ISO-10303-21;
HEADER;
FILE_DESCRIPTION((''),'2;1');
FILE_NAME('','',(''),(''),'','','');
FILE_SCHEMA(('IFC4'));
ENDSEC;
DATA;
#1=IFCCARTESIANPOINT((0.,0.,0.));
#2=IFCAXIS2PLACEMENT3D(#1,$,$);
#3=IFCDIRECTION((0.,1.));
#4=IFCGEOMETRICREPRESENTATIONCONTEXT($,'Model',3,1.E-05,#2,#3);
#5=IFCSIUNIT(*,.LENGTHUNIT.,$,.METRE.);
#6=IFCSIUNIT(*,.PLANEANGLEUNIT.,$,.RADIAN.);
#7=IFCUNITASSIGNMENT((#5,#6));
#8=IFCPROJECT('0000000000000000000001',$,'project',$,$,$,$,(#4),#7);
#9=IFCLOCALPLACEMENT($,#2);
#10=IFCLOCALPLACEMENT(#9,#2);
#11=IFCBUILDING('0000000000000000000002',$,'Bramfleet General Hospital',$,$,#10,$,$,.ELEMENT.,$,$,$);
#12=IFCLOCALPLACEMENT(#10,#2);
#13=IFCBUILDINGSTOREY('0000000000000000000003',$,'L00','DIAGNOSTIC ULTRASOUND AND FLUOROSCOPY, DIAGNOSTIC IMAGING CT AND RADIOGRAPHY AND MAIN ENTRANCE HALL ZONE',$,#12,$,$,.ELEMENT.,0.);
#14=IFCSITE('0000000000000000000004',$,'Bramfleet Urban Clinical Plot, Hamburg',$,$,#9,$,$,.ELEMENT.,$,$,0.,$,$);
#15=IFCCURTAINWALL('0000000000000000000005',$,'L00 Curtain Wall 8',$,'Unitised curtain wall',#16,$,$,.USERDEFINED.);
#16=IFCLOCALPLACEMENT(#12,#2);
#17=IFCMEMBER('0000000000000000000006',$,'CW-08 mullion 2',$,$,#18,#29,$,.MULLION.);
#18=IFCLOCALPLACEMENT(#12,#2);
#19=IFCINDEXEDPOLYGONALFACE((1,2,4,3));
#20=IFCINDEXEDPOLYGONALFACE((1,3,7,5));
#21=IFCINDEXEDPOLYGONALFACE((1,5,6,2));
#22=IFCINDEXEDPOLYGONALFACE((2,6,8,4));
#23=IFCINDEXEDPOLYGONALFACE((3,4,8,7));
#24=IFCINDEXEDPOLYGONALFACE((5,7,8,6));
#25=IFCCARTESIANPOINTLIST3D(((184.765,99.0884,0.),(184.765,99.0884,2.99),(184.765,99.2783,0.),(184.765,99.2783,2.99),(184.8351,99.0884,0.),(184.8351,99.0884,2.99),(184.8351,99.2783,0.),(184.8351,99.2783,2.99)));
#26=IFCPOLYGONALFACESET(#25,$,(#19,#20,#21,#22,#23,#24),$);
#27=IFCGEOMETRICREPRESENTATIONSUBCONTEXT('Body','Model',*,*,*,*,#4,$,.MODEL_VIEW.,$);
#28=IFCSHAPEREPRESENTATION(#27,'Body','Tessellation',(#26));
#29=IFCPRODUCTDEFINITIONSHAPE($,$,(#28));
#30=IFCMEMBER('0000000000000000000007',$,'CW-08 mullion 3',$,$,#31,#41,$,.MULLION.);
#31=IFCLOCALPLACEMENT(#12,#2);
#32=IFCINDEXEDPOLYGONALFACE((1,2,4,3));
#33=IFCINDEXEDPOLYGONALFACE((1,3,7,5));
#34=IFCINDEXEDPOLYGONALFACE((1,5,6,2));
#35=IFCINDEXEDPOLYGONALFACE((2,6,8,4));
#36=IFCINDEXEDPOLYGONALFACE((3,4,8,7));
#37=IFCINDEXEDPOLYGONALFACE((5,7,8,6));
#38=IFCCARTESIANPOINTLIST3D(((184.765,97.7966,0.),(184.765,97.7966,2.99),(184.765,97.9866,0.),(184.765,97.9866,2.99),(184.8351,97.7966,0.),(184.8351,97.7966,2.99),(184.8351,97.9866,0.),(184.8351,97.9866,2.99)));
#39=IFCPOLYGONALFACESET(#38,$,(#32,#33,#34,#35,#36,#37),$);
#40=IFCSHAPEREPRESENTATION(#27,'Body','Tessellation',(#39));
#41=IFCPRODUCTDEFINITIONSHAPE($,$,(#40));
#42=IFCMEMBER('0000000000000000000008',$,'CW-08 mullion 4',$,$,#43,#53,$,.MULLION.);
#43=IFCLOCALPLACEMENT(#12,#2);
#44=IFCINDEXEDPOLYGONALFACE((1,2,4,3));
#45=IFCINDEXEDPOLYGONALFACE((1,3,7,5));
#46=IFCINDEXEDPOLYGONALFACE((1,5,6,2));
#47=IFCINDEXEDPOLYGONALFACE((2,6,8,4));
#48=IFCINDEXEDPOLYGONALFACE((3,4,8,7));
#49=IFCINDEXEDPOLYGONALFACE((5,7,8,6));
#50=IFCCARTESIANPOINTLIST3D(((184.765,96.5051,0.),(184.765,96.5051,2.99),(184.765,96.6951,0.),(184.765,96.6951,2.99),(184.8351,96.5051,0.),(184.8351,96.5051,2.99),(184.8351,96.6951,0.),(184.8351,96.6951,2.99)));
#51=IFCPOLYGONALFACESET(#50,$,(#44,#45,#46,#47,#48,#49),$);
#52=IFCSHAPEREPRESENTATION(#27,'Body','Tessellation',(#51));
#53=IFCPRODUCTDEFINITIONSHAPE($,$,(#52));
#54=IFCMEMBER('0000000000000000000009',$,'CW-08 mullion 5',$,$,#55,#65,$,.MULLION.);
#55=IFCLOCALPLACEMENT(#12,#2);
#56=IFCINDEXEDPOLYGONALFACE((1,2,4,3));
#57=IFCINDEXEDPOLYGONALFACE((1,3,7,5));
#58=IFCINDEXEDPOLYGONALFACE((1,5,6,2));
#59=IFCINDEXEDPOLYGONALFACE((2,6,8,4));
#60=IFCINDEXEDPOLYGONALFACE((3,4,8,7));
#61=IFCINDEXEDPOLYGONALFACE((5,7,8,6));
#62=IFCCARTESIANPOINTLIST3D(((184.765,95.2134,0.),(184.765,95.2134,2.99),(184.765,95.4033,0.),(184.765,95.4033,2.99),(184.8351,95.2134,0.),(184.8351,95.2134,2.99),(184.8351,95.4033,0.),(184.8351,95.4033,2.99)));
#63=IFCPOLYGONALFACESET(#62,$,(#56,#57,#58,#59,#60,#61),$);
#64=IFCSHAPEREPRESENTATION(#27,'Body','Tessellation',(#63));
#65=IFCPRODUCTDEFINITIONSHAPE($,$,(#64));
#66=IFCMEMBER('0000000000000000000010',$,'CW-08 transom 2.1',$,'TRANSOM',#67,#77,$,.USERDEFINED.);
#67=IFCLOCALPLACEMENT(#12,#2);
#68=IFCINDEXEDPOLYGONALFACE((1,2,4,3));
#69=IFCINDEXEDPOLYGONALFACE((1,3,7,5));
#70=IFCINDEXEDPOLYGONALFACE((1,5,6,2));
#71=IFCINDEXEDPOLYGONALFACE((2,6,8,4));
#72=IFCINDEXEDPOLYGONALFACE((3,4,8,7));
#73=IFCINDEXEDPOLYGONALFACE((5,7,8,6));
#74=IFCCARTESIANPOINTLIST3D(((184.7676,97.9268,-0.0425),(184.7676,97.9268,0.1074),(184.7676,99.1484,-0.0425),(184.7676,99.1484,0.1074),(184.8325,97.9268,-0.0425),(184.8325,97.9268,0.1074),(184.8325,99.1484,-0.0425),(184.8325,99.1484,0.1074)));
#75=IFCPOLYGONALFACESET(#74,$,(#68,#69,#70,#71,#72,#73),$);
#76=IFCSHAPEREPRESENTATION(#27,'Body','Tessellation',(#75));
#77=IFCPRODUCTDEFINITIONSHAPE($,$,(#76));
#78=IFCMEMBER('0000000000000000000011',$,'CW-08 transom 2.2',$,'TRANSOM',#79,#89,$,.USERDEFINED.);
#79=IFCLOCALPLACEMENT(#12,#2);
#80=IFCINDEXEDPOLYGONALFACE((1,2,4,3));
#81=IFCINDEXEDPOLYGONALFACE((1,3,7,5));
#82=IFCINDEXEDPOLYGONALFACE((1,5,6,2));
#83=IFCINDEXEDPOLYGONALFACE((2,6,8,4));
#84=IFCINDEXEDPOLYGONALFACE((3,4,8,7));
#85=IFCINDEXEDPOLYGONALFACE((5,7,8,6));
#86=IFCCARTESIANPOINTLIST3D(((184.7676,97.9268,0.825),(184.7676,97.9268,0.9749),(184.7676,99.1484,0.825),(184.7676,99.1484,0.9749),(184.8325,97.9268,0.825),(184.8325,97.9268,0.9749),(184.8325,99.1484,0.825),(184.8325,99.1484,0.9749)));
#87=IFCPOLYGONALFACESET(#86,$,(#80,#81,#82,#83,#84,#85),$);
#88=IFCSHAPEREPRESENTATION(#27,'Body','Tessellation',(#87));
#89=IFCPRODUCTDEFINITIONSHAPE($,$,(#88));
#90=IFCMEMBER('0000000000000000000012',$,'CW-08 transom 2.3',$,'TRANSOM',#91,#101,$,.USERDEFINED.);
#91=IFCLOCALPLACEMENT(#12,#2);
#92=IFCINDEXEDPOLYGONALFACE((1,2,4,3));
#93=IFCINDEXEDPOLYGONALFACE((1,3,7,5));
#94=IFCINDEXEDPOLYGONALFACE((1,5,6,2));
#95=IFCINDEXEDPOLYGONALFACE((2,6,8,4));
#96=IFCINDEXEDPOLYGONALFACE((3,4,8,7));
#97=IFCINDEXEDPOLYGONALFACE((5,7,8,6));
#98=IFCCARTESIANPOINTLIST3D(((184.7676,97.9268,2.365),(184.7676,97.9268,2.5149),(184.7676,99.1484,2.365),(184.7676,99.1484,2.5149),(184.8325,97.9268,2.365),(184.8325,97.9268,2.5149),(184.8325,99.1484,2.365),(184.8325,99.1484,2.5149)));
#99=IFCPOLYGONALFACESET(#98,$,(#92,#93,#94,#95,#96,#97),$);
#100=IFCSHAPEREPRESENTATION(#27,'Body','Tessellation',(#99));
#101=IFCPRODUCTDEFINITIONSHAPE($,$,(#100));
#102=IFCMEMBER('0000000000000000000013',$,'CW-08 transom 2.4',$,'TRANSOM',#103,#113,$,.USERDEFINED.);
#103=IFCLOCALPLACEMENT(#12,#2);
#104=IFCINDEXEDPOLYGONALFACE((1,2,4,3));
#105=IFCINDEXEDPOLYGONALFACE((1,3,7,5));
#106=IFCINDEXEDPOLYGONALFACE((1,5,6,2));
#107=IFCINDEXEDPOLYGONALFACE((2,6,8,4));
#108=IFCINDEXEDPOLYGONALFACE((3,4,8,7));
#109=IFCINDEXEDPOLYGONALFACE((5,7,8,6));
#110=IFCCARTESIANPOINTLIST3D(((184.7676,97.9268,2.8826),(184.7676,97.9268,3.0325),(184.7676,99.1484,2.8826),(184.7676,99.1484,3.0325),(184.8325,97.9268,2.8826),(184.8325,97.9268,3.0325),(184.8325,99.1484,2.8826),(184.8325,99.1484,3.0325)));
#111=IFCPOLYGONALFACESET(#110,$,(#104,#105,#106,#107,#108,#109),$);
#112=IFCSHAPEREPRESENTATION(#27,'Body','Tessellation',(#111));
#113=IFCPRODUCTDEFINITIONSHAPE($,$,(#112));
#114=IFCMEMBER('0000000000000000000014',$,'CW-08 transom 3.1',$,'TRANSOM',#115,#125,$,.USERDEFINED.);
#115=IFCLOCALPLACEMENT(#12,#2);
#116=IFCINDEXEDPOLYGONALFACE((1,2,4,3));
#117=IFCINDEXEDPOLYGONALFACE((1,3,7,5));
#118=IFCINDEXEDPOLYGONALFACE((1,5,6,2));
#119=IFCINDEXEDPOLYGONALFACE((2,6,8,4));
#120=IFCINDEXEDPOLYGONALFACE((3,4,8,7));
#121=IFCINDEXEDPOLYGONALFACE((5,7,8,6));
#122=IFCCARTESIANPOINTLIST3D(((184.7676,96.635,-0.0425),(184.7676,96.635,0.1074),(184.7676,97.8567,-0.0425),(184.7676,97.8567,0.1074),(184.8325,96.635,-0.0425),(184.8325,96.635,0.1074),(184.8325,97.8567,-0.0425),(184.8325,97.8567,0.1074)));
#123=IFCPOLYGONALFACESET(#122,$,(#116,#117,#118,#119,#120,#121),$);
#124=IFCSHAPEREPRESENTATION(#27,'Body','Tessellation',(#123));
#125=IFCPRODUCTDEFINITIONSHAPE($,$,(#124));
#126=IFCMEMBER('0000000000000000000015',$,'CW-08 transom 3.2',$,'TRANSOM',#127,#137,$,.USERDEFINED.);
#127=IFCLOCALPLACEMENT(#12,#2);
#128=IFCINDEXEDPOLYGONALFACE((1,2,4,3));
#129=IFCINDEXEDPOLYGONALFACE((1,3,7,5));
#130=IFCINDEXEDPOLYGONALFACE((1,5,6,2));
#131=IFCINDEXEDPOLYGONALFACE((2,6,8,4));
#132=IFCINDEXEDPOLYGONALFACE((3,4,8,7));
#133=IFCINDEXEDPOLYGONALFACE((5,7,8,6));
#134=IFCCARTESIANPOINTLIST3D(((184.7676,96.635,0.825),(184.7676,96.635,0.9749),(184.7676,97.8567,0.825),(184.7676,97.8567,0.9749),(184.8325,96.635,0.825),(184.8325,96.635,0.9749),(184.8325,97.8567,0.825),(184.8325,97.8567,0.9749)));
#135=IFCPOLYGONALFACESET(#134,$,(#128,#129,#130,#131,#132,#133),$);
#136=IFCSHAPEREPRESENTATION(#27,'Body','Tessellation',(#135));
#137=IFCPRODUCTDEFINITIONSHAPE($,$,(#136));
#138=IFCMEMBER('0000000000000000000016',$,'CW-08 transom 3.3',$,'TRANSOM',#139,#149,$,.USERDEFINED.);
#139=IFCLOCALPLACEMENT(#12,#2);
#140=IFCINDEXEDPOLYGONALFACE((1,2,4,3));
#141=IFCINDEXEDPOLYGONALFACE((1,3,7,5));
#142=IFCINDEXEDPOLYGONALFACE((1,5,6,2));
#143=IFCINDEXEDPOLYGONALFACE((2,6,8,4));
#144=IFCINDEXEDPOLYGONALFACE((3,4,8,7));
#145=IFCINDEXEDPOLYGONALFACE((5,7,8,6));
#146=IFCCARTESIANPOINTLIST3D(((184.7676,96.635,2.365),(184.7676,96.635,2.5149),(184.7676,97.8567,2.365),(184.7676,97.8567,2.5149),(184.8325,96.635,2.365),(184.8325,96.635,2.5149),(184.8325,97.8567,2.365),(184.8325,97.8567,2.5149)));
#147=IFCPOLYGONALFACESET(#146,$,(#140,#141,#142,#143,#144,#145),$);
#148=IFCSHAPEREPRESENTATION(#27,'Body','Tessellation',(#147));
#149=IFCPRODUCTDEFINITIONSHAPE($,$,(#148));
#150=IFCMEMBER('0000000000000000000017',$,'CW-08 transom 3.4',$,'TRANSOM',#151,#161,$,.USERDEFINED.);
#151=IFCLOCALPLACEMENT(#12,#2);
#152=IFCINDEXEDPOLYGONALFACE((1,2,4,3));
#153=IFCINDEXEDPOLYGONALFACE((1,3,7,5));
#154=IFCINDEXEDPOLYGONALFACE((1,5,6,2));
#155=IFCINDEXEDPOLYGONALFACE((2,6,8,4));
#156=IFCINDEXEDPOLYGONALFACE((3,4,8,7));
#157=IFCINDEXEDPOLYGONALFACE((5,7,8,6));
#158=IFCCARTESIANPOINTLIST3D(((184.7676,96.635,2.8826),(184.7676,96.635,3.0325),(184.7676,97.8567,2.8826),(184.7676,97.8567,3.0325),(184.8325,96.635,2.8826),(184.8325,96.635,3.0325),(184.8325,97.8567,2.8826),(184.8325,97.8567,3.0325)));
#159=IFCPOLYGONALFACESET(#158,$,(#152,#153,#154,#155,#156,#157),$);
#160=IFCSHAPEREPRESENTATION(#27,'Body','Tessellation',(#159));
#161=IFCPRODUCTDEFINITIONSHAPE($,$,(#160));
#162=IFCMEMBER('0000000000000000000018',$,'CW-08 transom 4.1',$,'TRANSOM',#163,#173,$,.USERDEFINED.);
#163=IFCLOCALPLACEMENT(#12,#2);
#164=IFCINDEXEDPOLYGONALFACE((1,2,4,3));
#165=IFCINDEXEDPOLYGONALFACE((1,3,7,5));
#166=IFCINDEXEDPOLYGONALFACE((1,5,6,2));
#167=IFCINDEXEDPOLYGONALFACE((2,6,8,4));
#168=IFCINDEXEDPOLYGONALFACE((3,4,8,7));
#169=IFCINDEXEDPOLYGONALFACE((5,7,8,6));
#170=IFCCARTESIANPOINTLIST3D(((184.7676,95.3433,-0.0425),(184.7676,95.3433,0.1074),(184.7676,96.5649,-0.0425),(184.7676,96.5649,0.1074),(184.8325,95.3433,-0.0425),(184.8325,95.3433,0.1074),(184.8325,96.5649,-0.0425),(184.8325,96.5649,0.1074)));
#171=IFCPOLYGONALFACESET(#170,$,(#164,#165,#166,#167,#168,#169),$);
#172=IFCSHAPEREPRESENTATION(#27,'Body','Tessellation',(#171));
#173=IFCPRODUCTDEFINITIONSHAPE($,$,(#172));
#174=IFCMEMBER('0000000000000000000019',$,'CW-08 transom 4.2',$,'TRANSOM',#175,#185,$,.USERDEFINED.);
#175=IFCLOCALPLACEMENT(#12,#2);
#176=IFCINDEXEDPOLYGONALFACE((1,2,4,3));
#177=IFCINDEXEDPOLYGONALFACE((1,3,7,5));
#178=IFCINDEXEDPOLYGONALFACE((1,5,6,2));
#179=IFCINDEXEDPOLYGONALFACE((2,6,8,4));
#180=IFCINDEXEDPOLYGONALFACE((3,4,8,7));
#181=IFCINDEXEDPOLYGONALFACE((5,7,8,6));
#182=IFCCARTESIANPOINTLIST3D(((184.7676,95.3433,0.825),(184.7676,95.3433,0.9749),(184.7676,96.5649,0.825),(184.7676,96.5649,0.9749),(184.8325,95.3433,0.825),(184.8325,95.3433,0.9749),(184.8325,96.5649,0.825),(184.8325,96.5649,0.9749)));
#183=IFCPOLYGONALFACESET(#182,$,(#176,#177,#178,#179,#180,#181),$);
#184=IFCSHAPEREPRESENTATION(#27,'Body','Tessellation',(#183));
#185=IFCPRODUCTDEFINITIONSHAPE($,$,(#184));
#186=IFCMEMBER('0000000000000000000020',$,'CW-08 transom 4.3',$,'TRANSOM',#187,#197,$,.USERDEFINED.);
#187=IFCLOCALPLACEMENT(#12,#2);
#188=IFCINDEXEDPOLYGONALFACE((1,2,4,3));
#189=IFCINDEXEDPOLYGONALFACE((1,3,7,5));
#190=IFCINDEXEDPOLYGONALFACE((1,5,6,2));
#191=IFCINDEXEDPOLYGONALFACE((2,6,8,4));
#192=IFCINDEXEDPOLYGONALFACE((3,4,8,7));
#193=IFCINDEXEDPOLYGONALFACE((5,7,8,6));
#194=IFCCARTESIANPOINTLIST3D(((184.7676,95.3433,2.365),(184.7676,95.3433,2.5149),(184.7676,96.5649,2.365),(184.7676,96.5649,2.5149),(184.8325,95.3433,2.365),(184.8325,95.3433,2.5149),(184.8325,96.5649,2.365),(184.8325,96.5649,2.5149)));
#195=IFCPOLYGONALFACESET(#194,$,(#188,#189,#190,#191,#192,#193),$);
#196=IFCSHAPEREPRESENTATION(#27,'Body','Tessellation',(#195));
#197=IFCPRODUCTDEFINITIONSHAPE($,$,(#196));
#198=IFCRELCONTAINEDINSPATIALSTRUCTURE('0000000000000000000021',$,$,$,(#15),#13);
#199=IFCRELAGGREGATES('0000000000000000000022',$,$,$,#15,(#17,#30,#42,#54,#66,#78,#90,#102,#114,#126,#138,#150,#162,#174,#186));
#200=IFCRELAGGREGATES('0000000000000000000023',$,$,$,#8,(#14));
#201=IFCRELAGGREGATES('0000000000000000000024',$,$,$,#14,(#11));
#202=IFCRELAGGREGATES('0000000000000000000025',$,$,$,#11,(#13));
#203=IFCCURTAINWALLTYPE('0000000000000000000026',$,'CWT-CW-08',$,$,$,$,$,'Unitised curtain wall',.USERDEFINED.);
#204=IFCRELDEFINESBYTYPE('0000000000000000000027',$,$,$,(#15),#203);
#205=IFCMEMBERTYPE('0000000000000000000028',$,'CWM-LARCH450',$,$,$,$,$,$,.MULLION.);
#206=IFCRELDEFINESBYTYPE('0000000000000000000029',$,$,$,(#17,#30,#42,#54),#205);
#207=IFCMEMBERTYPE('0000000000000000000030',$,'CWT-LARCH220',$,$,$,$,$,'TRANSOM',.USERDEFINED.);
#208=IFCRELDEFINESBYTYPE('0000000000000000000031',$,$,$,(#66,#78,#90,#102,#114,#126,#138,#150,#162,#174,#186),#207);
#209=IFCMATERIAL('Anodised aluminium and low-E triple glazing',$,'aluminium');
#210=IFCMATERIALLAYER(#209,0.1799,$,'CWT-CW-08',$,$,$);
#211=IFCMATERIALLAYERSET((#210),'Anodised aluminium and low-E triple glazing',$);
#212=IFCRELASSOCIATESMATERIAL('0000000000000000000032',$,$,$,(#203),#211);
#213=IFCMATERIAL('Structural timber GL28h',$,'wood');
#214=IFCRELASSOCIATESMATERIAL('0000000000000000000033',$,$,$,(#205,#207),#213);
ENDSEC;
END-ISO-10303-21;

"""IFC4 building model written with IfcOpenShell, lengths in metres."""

from ifc_helpers import new_model, si_unit, direction, frame, origin, origin_2d, place, context, subcontext, project, spatial, rectangle, extrude, material, layer, layer_set, material_profile, profile_set, type_object, element, aggregate, save


model = new_model("IFC4")

# Units and contexts
model_context = context("Model", 3, precision=1e-05, world=origin(), true_north=direction((0.0, 1.0)))
body_context = subcontext(model_context, "Body", "Model", "MODEL_VIEW")
ifc_project = project(units=[si_unit("LENGTHUNIT", "METRE"), si_unit("PLANEANGLEUNIT", "RADIAN")], contexts=[model_context])

# Site, building, storey
site_placement = place(None, origin())
site = spatial("IfcSite", under=ifc_project, at=site_placement, Name="Bramfleet Urban Clinical Plot, Hamburg", CompositionType="ELEMENT", RefElevation=0.0)
building_placement = place(site_placement, origin())
building = spatial("IfcBuilding", under=site, at=building_placement, Name="Bramfleet General Hospital", CompositionType="ELEMENT")
storey_placement = place(building_placement, origin())
storey = spatial("IfcBuildingStorey", under=building, at=storey_placement, Name="L00", Description="DIAGNOSTIC ULTRASOUND AND FLUOROSCOPY, DIAGNOSTIC IMAGING CT AND RADIOGRAPHY AND MAIN ENTRANCE HALL ZONE", CompositionType="ELEMENT", Elevation=0.0)

# Curtain wall, members
ifc_material_1 = material(Name="Anodised aluminium and low-E triple glazing", Category="aluminium")
ifc_layer_1 = layer(ifc_material_1, 0.1799, Name="CWT-CW-08")
ifc_layer_set_1 = layer_set([ifc_layer_1], Name="Anodised aluminium and low-E triple glazing")
curtain_wall_type = type_object("IfcCurtainWallType", Name="CWT-CW-08", ElementType="Unitised curtain wall", PredefinedType="USERDEFINED", material=ifc_layer_set_1)
curtain_wall_placement = place(storey_placement, origin())
curtain_wall = element("IfcCurtainWall", 1, at=curtain_wall_placement, inside=storey, type_object=curtain_wall_type, Name="L00 Curtain Wall 8", ObjectType="Unitised curtain wall", PredefinedType="USERDEFINED")
ifc_material_2 = material(Name="Structural timber GL28h", Category="wood")
ifc_material_profile_1 = material_profile(ifc_material_2, rectangle(XDim=0.0701, YDim=0.1899, at=origin_2d()), Name="LARCH 190x70")
ifc_profile_set_1 = profile_set([ifc_material_profile_1], Name="Structural timber GL28h")
member_type_1 = type_object("IfcMemberType", Name="CWM-LARCH450", PredefinedType="MULLION", material=ifc_profile_set_1)
member_1_placement = place(storey_placement, frame((184.8, 99.1833, 0.0), z_axis=(0.0, 0.0, 1.0), x_axis=(1.0, 0.0, 0.0)))
member_1 = element("IfcMember", 2, at=member_1_placement, type_object=member_type_1, Name="CW-08 mullion 2", PredefinedType="MULLION", context=body_context, shape_type="SweptSolid", body=[
    extrude(rectangle(XDim=0.0701, YDim=0.1899, at=origin_2d()), origin(), (0.0, 0.0, 1.0), 2.99),
])
member_2_placement = place(storey_placement, frame((184.8, 97.8916, 0.0), z_axis=(0.0, 0.0, 1.0), x_axis=(1.0, 0.0, 0.0)))
member_2 = element("IfcMember", 3, at=member_2_placement, type_object=member_type_1, Name="CW-08 mullion 3", PredefinedType="MULLION", context=body_context, shape_type="SweptSolid", body=[
    extrude(rectangle(XDim=0.0701, YDim=0.1899, at=origin_2d()), origin(), (0.0, 0.0, 1.0), 2.99),
])
member_3_placement = place(storey_placement, frame((184.8, 96.6001, 0.0), z_axis=(0.0, 0.0, 1.0), x_axis=(1.0, 0.0, 0.0)))
member_3 = element("IfcMember", 4, at=member_3_placement, type_object=member_type_1, Name="CW-08 mullion 4", PredefinedType="MULLION", context=body_context, shape_type="SweptSolid", body=[
    extrude(rectangle(XDim=0.0701, YDim=0.1899, at=origin_2d()), origin(), (0.0, 0.0, 1.0), 2.99),
])
member_4_placement = place(storey_placement, frame((184.8, 95.3083, 0.0), z_axis=(0.0, 0.0, 1.0), x_axis=(1.0, 0.0, 0.0)))
member_4 = element("IfcMember", 5, at=member_4_placement, type_object=member_type_1, Name="CW-08 mullion 5", PredefinedType="MULLION", context=body_context, shape_type="SweptSolid", body=[
    extrude(rectangle(XDim=0.0701, YDim=0.1899, at=origin_2d()), origin(), (0.0, 0.0, 1.0), 2.99),
])
ifc_material_profile_2 = material_profile(ifc_material_2, rectangle(XDim=0.0649, YDim=0.1499, at=origin_2d()), Name="LARCH 150x65")
ifc_profile_set_2 = profile_set([ifc_material_profile_2], Name="Structural timber GL28h")
member_type_2 = type_object("IfcMemberType", Name="CWT-LARCH220", ElementType="TRANSOM", PredefinedType="USERDEFINED", material=ifc_profile_set_2)
member_5_placement = place(storey_placement, frame((184.8, 99.1484, 0.0325), z_axis=(0.0, -1.0, 0.0), x_axis=(1.0, 0.0, 0.0)))
member_5 = element("IfcMember", 6, at=member_5_placement, type_object=member_type_2, Name="CW-08 transom 2.1", ObjectType="TRANSOM", PredefinedType="USERDEFINED", context=body_context, shape_type="SweptSolid", body=[
    extrude(rectangle(XDim=0.0649, YDim=0.1499, at=origin_2d()), origin(), (0.0, 0.0, 1.0), 1.2217),
])
member_6_placement = place(storey_placement, frame((184.8, 99.1484, 0.8999), z_axis=(0.0, -1.0, 0.0), x_axis=(1.0, 0.0, 0.0)))
member_6 = element("IfcMember", 7, at=member_6_placement, type_object=member_type_2, Name="CW-08 transom 2.2", ObjectType="TRANSOM", PredefinedType="USERDEFINED", context=body_context, shape_type="SweptSolid", body=[
    extrude(rectangle(XDim=0.0649, YDim=0.1499, at=origin_2d()), origin(), (0.0, 0.0, 1.0), 1.2217),
])
member_7_placement = place(storey_placement, frame((184.8, 99.1484, 2.4399), z_axis=(0.0, -1.0, 0.0), x_axis=(1.0, 0.0, 0.0)))
member_7 = element("IfcMember", 8, at=member_7_placement, type_object=member_type_2, Name="CW-08 transom 2.3", ObjectType="TRANSOM", PredefinedType="USERDEFINED", context=body_context, shape_type="SweptSolid", body=[
    extrude(rectangle(XDim=0.0649, YDim=0.1499, at=origin_2d()), origin(), (0.0, 0.0, 1.0), 1.2217),
])
member_8_placement = place(storey_placement, frame((184.8, 99.1484, 2.9575), z_axis=(0.0, -1.0, 0.0), x_axis=(1.0, 0.0, 0.0)))
member_8 = element("IfcMember", 9, at=member_8_placement, type_object=member_type_2, Name="CW-08 transom 2.4", ObjectType="TRANSOM", PredefinedType="USERDEFINED", context=body_context, shape_type="SweptSolid", body=[
    extrude(rectangle(XDim=0.0649, YDim=0.1499, at=origin_2d()), origin(), (0.0, 0.0, 1.0), 1.2217),
])
member_9_placement = place(storey_placement, frame((184.8, 97.8567, 0.0325), z_axis=(0.0, -1.0, 0.0), x_axis=(1.0, 0.0, 0.0)))
member_9 = element("IfcMember", 10, at=member_9_placement, type_object=member_type_2, Name="CW-08 transom 3.1", ObjectType="TRANSOM", PredefinedType="USERDEFINED", context=body_context, shape_type="SweptSolid", body=[
    extrude(rectangle(XDim=0.0649, YDim=0.1499, at=origin_2d()), origin(), (0.0, 0.0, 1.0), 1.2217),
])
member_10_placement = place(storey_placement, frame((184.8, 97.8567, 0.8999), z_axis=(0.0, -1.0, 0.0), x_axis=(1.0, 0.0, 0.0)))
member_10 = element("IfcMember", 11, at=member_10_placement, type_object=member_type_2, Name="CW-08 transom 3.2", ObjectType="TRANSOM", PredefinedType="USERDEFINED", context=body_context, shape_type="SweptSolid", body=[
    extrude(rectangle(XDim=0.0649, YDim=0.1499, at=origin_2d()), origin(), (0.0, 0.0, 1.0), 1.2217),
])
member_11_placement = place(storey_placement, frame((184.8, 97.8567, 2.4399), z_axis=(0.0, -1.0, 0.0), x_axis=(1.0, 0.0, 0.0)))
member_11 = element("IfcMember", 12, at=member_11_placement, type_object=member_type_2, Name="CW-08 transom 3.3", ObjectType="TRANSOM", PredefinedType="USERDEFINED", context=body_context, shape_type="SweptSolid", body=[
    extrude(rectangle(XDim=0.0649, YDim=0.1499, at=origin_2d()), origin(), (0.0, 0.0, 1.0), 1.2217),
])
member_12_placement = place(storey_placement, frame((184.8, 97.8567, 2.9575), z_axis=(0.0, -1.0, 0.0), x_axis=(1.0, 0.0, 0.0)))
member_12 = element("IfcMember", 13, at=member_12_placement, type_object=member_type_2, Name="CW-08 transom 3.4", ObjectType="TRANSOM", PredefinedType="USERDEFINED", context=body_context, shape_type="SweptSolid", body=[
    extrude(rectangle(XDim=0.0649, YDim=0.1499, at=origin_2d()), origin(), (0.0, 0.0, 1.0), 1.2217),
])
member_13_placement = place(storey_placement, frame((184.8, 96.5649, 0.0325), z_axis=(0.0, -1.0, 0.0), x_axis=(1.0, 0.0, 0.0)))
member_13 = element("IfcMember", 14, at=member_13_placement, type_object=member_type_2, Name="CW-08 transom 4.1", ObjectType="TRANSOM", PredefinedType="USERDEFINED", context=body_context, shape_type="SweptSolid", body=[
    extrude(rectangle(XDim=0.0649, YDim=0.1499, at=origin_2d()), origin(), (0.0, 0.0, 1.0), 1.2217),
])
member_14_placement = place(storey_placement, frame((184.8, 96.5649, 0.8999), z_axis=(0.0, -1.0, 0.0), x_axis=(1.0, 0.0, 0.0)))
member_14 = element("IfcMember", 15, at=member_14_placement, type_object=member_type_2, Name="CW-08 transom 4.2", ObjectType="TRANSOM", PredefinedType="USERDEFINED", context=body_context, shape_type="SweptSolid", body=[
    extrude(rectangle(XDim=0.0649, YDim=0.1499, at=origin_2d()), origin(), (0.0, 0.0, 1.0), 1.2217),
])
member_15_placement = place(storey_placement, frame((184.8, 96.5649, 2.4399), z_axis=(0.0, -1.0, 0.0), x_axis=(1.0, 0.0, 0.0)))
member_15 = element("IfcMember", 16, at=member_15_placement, type_object=member_type_2, Name="CW-08 transom 4.3", ObjectType="TRANSOM", PredefinedType="USERDEFINED", context=body_context, shape_type="SweptSolid", body=[
    extrude(rectangle(XDim=0.0649, YDim=0.1499, at=origin_2d()), origin(), (0.0, 0.0, 1.0), 1.2217),
])
aggregate(curtain_wall, [member_1, member_2, member_3, member_4, member_5, member_6, member_7, member_8, member_9, member_10, member_11, member_12, member_13, member_14, member_15])

save(model, "model.ifc")
